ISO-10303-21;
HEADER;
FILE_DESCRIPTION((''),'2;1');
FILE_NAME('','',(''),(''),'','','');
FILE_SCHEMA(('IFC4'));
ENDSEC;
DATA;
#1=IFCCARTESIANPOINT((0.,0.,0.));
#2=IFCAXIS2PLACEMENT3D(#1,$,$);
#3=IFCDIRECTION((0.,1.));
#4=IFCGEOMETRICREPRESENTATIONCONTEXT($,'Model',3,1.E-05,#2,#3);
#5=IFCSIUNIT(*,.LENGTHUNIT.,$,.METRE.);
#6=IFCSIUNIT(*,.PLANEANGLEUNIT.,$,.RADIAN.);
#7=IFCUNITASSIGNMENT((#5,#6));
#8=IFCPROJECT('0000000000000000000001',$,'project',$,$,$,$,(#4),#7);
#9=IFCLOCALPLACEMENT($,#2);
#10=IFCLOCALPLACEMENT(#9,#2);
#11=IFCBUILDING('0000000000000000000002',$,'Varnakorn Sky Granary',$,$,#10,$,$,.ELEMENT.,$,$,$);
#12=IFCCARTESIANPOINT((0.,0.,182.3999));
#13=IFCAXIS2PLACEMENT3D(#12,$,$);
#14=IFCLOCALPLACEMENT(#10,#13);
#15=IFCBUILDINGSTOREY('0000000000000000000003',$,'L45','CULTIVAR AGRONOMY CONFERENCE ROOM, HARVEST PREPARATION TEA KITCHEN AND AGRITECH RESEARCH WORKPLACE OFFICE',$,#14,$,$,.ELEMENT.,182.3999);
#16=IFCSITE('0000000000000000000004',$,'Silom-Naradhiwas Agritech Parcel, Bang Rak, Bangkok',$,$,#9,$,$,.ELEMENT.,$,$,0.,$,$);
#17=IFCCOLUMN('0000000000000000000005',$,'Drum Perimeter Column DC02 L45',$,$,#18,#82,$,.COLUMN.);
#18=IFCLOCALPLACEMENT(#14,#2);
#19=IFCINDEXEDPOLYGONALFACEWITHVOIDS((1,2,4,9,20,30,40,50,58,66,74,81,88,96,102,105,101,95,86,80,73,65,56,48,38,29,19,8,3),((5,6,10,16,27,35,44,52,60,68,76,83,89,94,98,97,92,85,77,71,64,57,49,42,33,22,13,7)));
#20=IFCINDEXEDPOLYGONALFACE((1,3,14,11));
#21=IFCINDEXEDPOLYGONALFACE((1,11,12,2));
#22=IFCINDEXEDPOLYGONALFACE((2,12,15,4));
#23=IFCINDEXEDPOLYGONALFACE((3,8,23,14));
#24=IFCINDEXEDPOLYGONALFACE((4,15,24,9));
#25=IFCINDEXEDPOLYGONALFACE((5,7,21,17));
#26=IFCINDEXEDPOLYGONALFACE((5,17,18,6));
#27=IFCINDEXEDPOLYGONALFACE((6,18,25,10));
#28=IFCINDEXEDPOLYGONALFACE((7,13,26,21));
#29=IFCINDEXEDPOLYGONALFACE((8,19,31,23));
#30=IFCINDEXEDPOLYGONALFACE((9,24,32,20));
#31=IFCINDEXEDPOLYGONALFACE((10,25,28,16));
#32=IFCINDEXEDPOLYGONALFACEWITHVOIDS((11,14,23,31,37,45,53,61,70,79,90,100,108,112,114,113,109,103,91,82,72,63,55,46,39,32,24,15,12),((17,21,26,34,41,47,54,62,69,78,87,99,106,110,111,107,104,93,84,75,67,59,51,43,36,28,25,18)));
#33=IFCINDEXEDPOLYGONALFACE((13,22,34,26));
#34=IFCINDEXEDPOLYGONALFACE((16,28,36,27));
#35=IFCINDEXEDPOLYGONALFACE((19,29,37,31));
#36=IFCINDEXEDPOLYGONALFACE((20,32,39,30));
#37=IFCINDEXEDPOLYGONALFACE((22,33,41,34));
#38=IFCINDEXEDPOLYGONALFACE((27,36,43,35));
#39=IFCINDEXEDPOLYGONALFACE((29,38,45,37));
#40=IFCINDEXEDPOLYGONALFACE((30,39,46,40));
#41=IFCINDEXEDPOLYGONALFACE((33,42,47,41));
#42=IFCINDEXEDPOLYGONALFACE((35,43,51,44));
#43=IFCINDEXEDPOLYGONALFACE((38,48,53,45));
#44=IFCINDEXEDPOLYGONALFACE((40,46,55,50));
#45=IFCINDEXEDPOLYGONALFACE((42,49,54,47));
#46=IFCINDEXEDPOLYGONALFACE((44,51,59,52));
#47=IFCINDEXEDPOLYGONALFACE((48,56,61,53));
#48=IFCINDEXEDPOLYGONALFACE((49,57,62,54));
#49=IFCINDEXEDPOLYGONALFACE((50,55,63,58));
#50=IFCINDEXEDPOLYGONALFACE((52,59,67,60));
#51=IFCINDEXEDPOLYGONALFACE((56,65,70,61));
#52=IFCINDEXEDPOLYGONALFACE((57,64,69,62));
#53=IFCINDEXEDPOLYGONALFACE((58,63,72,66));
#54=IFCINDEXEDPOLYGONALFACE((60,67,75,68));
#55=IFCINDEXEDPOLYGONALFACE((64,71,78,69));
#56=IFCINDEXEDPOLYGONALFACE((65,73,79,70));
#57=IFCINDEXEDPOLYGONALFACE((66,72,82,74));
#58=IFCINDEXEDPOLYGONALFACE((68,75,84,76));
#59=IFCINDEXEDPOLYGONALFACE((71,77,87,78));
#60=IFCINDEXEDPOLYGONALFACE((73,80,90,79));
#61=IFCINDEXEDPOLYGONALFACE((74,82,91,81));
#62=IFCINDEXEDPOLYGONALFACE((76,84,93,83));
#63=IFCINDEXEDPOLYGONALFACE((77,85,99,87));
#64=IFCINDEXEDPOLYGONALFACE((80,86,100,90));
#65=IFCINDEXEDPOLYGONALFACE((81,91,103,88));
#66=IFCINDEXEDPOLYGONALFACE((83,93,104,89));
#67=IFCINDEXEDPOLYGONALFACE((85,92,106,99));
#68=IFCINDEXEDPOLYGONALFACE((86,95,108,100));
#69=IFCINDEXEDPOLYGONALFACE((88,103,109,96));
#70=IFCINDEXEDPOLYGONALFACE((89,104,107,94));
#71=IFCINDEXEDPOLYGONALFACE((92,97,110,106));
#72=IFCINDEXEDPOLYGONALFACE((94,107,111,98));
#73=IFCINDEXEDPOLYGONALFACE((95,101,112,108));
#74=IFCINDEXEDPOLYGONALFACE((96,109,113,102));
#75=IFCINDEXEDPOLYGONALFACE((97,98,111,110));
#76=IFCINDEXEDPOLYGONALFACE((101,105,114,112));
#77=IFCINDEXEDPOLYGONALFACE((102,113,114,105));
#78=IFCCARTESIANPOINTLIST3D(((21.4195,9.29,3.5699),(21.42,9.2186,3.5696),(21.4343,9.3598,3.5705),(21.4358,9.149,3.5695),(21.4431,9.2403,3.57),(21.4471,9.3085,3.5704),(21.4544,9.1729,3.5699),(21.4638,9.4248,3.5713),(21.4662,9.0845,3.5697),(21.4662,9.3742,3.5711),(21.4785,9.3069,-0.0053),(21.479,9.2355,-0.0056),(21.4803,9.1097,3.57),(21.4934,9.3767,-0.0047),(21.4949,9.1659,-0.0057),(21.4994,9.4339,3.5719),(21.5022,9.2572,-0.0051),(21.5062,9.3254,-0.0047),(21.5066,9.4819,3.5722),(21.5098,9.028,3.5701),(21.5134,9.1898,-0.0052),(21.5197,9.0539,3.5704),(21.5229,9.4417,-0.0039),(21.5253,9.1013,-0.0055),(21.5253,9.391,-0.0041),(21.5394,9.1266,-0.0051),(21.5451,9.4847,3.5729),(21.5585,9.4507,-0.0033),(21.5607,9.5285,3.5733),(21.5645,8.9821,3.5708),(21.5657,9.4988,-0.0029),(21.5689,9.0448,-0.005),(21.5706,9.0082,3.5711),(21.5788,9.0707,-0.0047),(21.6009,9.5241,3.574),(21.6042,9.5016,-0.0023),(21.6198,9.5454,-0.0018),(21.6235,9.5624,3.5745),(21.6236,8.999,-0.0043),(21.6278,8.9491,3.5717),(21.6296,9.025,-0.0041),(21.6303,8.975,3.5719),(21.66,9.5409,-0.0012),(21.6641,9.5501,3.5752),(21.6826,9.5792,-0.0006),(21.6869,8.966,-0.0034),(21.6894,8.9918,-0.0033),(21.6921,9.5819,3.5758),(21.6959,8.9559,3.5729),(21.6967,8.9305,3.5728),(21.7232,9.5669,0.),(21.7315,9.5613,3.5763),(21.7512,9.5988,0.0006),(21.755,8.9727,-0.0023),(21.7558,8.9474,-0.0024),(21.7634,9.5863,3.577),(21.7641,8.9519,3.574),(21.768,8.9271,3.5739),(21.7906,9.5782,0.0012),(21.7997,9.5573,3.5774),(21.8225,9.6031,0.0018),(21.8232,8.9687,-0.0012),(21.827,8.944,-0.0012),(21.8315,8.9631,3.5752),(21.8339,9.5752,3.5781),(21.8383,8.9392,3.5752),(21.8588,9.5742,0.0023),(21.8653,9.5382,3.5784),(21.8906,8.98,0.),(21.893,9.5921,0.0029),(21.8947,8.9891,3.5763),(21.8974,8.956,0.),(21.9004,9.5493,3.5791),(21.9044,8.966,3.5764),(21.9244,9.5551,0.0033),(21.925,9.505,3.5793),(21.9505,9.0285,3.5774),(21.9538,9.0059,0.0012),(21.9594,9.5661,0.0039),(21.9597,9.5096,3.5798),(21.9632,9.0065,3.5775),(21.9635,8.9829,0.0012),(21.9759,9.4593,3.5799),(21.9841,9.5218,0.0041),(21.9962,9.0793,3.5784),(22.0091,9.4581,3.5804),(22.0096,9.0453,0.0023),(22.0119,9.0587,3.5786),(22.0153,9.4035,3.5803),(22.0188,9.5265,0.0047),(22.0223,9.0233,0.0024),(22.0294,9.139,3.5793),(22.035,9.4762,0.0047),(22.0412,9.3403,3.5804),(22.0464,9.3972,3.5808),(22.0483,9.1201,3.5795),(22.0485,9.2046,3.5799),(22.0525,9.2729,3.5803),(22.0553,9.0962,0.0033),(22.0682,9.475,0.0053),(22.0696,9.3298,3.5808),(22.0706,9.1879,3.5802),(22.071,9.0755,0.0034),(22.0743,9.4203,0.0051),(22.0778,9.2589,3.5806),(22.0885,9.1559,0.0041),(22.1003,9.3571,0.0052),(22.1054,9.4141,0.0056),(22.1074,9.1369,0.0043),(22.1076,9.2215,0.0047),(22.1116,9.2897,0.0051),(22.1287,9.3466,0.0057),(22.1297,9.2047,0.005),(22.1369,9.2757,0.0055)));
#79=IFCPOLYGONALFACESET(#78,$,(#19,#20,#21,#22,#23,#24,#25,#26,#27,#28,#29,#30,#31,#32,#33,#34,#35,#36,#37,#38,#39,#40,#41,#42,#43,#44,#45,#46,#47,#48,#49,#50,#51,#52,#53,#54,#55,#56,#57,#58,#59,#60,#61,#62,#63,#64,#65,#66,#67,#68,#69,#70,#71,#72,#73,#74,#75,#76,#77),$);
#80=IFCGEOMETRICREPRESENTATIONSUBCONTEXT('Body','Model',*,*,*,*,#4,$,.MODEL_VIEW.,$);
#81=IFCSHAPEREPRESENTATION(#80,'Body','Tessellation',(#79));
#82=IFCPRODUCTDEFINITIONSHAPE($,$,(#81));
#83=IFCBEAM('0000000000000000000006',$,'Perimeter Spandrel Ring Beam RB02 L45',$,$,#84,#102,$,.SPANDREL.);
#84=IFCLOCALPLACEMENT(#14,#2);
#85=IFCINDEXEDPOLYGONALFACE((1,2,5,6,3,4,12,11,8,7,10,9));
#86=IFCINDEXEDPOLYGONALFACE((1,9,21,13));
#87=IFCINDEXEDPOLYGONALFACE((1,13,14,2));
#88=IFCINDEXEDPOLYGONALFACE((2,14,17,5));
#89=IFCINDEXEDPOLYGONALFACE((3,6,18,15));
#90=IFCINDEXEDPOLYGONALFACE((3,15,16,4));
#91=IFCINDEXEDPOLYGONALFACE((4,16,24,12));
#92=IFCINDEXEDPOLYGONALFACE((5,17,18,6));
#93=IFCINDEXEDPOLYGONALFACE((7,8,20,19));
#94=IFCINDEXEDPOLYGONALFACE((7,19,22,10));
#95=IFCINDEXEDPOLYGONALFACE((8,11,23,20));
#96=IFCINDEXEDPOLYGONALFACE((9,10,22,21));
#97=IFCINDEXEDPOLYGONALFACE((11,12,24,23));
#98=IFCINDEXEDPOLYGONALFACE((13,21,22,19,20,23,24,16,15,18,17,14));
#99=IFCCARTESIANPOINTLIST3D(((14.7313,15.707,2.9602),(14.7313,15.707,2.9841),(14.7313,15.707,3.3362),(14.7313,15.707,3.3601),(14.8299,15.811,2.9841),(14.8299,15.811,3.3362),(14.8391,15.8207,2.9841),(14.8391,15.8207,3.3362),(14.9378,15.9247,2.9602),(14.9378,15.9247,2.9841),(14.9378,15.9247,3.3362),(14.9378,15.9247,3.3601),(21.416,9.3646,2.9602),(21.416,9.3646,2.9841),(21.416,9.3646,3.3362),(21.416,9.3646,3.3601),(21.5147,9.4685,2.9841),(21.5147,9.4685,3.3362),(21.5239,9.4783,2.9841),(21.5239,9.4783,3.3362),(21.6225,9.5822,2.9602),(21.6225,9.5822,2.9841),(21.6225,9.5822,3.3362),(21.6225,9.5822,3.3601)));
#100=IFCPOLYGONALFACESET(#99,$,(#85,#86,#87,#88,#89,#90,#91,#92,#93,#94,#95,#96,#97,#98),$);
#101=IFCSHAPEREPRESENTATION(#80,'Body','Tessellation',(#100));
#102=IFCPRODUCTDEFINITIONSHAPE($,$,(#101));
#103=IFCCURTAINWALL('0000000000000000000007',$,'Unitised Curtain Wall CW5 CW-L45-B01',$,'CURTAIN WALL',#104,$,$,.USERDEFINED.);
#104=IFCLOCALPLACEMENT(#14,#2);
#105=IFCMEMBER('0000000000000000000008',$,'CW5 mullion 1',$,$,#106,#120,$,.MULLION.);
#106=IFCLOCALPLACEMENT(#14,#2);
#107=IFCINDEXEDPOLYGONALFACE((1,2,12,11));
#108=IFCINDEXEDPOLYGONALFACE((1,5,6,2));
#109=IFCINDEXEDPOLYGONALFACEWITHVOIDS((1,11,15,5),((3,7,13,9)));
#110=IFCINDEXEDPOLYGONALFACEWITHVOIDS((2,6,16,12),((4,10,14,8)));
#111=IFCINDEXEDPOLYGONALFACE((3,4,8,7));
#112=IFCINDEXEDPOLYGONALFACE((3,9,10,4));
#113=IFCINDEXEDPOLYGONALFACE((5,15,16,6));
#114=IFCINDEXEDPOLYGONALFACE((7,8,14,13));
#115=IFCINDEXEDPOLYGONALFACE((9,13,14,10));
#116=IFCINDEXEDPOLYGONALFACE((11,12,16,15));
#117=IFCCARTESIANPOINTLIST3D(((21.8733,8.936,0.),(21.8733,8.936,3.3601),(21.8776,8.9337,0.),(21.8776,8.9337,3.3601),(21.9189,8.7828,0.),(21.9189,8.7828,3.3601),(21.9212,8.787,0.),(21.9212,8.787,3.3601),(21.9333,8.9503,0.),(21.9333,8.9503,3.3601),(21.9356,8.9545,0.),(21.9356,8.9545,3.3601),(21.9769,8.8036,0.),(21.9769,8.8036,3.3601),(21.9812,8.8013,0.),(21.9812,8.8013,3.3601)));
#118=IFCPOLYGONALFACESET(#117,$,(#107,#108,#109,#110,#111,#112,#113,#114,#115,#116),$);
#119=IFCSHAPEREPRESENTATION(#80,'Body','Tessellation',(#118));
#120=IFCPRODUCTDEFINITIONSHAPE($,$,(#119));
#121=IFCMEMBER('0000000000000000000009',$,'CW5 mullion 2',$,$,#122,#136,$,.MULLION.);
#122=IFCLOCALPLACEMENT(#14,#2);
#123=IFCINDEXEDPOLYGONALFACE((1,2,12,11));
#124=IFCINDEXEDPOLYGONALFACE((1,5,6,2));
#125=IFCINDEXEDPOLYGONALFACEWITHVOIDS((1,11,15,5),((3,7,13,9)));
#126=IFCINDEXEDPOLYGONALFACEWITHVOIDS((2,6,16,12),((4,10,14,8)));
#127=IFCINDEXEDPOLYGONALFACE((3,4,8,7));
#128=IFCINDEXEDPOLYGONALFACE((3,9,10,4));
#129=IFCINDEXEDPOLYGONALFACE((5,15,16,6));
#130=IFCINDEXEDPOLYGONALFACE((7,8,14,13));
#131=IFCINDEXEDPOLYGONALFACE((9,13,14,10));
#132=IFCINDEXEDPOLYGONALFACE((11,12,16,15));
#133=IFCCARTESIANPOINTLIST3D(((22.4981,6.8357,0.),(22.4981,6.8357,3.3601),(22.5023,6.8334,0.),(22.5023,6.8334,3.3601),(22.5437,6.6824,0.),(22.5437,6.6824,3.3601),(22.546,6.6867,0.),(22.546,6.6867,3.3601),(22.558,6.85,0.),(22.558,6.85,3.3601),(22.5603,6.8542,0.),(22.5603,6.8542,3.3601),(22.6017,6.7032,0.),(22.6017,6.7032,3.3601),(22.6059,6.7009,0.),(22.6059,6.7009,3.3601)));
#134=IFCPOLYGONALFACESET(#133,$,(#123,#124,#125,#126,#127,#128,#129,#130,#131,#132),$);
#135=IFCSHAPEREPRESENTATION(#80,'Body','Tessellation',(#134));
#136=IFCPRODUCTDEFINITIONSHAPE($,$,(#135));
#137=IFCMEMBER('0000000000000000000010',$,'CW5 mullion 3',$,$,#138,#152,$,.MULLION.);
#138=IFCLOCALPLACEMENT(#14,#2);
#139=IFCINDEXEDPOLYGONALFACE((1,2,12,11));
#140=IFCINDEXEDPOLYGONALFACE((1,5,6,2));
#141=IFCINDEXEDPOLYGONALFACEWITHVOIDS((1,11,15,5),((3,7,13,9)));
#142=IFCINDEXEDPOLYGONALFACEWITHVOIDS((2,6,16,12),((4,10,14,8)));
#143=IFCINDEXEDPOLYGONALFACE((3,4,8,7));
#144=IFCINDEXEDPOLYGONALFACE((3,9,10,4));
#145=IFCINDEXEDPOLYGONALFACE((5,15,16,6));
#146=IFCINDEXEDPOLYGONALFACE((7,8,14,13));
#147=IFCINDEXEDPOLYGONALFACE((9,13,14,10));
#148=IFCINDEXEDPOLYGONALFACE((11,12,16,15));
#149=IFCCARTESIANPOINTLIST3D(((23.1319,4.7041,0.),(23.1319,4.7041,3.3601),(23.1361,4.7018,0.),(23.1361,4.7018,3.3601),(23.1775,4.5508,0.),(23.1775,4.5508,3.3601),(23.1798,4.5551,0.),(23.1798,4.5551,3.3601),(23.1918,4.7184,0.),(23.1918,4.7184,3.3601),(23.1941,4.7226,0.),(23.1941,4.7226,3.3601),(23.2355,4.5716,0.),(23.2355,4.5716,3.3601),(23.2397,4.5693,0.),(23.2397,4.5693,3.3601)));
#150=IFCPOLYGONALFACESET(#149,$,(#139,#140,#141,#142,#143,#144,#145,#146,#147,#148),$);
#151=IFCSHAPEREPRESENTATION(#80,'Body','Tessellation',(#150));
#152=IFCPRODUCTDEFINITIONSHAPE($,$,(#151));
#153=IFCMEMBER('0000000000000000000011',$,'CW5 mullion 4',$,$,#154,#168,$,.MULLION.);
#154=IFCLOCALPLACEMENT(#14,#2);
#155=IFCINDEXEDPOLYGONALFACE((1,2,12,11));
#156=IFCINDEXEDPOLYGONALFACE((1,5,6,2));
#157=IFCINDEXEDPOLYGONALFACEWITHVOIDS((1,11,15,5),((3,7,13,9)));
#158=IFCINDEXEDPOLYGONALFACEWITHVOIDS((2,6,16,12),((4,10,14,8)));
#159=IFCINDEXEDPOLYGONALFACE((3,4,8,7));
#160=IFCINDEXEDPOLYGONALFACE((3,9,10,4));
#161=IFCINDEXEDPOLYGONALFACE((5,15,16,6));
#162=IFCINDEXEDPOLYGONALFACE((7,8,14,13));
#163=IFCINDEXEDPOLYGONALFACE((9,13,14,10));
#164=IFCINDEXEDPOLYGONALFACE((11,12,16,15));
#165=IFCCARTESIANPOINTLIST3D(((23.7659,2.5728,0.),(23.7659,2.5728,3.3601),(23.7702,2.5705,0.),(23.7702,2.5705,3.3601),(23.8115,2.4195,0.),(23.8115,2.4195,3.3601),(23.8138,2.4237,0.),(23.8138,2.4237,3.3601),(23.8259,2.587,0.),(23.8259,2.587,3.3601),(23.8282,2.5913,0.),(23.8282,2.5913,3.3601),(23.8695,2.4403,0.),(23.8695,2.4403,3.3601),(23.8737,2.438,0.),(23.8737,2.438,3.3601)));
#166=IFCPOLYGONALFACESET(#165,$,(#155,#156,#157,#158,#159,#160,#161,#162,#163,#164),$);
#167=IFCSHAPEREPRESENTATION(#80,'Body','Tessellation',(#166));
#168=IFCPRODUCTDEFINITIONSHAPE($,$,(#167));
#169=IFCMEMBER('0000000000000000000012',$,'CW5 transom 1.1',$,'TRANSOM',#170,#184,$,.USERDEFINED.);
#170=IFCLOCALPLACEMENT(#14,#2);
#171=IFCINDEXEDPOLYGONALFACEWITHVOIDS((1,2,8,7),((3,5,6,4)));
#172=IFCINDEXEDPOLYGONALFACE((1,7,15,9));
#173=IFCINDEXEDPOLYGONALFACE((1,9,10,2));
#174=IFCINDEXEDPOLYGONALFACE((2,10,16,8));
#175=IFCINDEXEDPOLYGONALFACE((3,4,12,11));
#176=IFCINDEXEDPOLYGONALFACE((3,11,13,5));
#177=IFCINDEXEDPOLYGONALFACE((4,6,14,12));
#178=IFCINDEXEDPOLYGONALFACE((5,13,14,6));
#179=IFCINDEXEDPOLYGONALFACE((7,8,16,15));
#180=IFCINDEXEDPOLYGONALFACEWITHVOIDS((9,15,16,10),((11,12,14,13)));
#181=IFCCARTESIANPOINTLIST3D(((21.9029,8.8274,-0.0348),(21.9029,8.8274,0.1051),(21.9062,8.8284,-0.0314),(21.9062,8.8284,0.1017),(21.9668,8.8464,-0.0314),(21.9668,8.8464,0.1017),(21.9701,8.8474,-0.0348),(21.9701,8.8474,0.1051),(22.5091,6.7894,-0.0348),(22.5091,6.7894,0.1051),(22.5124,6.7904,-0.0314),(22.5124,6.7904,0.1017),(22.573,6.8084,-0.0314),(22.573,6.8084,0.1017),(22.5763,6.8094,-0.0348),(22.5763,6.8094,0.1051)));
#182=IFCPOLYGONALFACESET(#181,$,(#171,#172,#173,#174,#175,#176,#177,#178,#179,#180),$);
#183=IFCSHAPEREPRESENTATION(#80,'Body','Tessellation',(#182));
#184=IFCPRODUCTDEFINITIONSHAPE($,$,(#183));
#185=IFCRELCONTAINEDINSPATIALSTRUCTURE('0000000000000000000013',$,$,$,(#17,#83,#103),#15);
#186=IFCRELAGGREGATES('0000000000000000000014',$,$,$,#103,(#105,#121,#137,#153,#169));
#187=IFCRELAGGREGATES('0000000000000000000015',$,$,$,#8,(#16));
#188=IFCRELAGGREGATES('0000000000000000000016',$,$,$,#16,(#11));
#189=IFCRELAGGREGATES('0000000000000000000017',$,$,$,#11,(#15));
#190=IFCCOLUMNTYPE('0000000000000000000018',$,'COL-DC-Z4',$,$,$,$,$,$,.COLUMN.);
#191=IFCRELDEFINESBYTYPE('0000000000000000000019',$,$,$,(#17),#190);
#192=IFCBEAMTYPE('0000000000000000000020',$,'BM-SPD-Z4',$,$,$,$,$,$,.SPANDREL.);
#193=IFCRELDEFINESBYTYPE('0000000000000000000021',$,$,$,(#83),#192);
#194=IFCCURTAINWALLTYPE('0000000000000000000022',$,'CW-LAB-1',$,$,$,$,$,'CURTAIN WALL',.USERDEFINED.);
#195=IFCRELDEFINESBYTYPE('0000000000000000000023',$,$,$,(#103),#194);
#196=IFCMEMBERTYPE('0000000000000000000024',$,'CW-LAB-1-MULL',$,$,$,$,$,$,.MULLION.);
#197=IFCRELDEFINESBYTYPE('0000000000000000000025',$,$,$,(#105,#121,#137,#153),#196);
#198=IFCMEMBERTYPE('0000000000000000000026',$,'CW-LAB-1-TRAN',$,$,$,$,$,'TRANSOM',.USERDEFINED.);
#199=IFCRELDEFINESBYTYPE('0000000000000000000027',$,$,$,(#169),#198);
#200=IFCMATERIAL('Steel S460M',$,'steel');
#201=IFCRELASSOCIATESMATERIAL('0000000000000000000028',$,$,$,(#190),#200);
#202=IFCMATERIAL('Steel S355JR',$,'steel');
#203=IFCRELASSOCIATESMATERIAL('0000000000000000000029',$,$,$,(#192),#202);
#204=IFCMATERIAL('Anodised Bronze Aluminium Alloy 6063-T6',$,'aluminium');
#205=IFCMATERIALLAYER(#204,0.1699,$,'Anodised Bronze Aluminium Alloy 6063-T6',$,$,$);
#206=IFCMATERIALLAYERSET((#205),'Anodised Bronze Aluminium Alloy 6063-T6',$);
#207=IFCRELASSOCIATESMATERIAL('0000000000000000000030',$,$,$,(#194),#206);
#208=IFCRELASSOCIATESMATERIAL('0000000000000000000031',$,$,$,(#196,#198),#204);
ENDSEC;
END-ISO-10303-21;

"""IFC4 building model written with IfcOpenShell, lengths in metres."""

from ifc_helpers import new_model, si_unit, direction, frame, origin, origin_2d, place, context, subcontext, project, spatial, hollow_rectangle, hollow_circle, i_section, extrude, material, layer, layer_set, material_profile, profile_set, type_object, element, aggregate, save


model = new_model("IFC4")

# Units and contexts
model_context = context("Model", 3, precision=1e-05, world=origin(), true_north=direction((0.0, 1.0)))
body_context = subcontext(model_context, "Body", "Model", "MODEL_VIEW")
ifc_project = project(units=[si_unit("LENGTHUNIT", "METRE"), si_unit("PLANEANGLEUNIT", "RADIAN")], contexts=[model_context])

# Site, building, storey
site_placement = place(None, origin())
site = spatial("IfcSite", under=ifc_project, at=site_placement, Name="Silom-Naradhiwas Agritech Parcel, Bang Rak, Bangkok", CompositionType="ELEMENT", RefElevation=0.0)
building_placement = place(site_placement, origin())
building = spatial("IfcBuilding", under=site, at=building_placement, Name="Varnakorn Sky Granary", CompositionType="ELEMENT")
storey_placement = place(building_placement, frame((0.0, 0.0, 182.3999)))
storey = spatial("IfcBuildingStorey", under=building, at=storey_placement, Name="L45", Description="CULTIVAR AGRONOMY CONFERENCE ROOM, HARVEST PREPARATION TEA KITCHEN AND AGRITECH RESEARCH WORKPLACE OFFICE", CompositionType="ELEMENT", Elevation=182.3999)

# Column
ifc_material_1 = material(Name="Steel S460M", Category="steel")
ifc_material_profile_1 = material_profile(ifc_material_1, hollow_circle(Radius=0.3301, WallThickness=0.0249, at=origin_2d()), Name="CHS 660x25")
ifc_profile_set_1 = profile_set([ifc_material_profile_1], Name="Steel S460M")
column_type = type_object("IfcColumnType", Name="COL-DC-Z4", PredefinedType="COLUMN", material=ifc_profile_set_1)
column_placement = place(storey_placement, frame((21.8069, 9.2734, 0.0), z_axis=(-0.016523, -0.004711, 0.999852), x_axis=(0.274196, -0.961674, 0.0)))
element("IfcColumn", 1, at=column_placement, inside=storey, type_object=column_type, Name="Drum Perimeter Column DC02 L45", PredefinedType="COLUMN", context=body_context, shape_type="SweptSolid", body=[
    extrude(hollow_circle(Radius=0.3301, WallThickness=0.0249, at=origin_2d()), origin(), (0.0, 0.0, 1.0), 3.5757),
])

# Beam
ifc_material_2 = material(Name="Steel S355JR", Category="steel")
ifc_material_profile_2 = material_profile(ifc_material_2, i_section(OverallWidth=0.3, OverallDepth=0.3999, WebThickness=0.0134, FlangeThickness=0.0239, at=origin_2d()), Name="HE 400 B")
ifc_profile_set_2 = profile_set([ifc_material_profile_2], Name="Steel S355JR")
beam_type = type_object("IfcBeamType", Name="BM-SPD-Z4", PredefinedType="SPANDREL", material=ifc_profile_set_2)
beam_placement = place(storey_placement, frame((21.5193, 9.4734, 3.1602), z_axis=(-0.725435, 0.68829, 0.0), x_axis=(-0.68829, -0.725435, 0.0)))
element("IfcBeam", 2, at=beam_placement, inside=storey, type_object=beam_type, Name="Perimeter Spandrel Ring Beam RB02 L45", PredefinedType="SPANDREL", context=body_context, shape_type="SweptSolid", body=[
    extrude(i_section(OverallWidth=0.3, OverallDepth=0.3999, WebThickness=0.0134, FlangeThickness=0.0239, at=origin_2d()), origin(), (0.0, 0.0, 1.0), 9.2148),
])

# Curtain wall, members
ifc_material_3 = material(Name="Anodised Bronze Aluminium Alloy 6063-T6", Category="aluminium")
ifc_layer_1 = layer(ifc_material_3, 0.1699, Name="Anodised Bronze Aluminium Alloy 6063-T6")
ifc_layer_set_1 = layer_set([ifc_layer_1], Name="Anodised Bronze Aluminium Alloy 6063-T6")
curtain_wall_type = type_object("IfcCurtainWallType", Name="CW-LAB-1", ElementType="CURTAIN WALL", PredefinedType="USERDEFINED", material=ifc_layer_set_1)
curtain_wall_placement = place(storey_placement, origin())
curtain_wall = element("IfcCurtainWall", 3, at=curtain_wall_placement, inside=storey, type_object=curtain_wall_type, Name="Unitised Curtain Wall CW5 CW-L45-B01", ObjectType="CURTAIN WALL", PredefinedType="USERDEFINED")
ifc_material_profile_3 = material_profile(ifc_material_3, hollow_rectangle(XDim=0.0649, YDim=0.1599, WallThickness=0.0034, at=origin_2d()), Name="ALU MULL 65x160")
ifc_profile_set_3 = profile_set([ifc_material_profile_3], Name="Anodised Bronze Aluminium Alloy 6063-T6")
member_type_1 = type_object("IfcMemberType", Name="CW-LAB-1-MULL", PredefinedType="MULLION", material=ifc_profile_set_3)
member_1_placement = place(storey_placement, frame((21.9272, 8.8687, 0.0), z_axis=(0.0, 0.0, 1.0), x_axis=(0.958503, 0.285081, 0.0)))
member_1 = element("IfcMember", 4, at=member_1_placement, type_object=member_type_1, Name="CW5 mullion 1", PredefinedType="MULLION", context=body_context, shape_type="SweptSolid", body=[
    extrude(hollow_rectangle(XDim=0.0649, YDim=0.1599, WallThickness=0.0034, at=origin_2d()), origin(), (0.0, 0.0, 1.0), 3.3601),
])
member_2_placement = place(storey_placement, frame((22.552, 6.7683, 0.0), z_axis=(0.0, 0.0, 1.0), x_axis=(0.958503, 0.285081, 0.0)))
member_2 = element("IfcMember", 5, at=member_2_placement, type_object=member_type_1, Name="CW5 mullion 2", PredefinedType="MULLION", context=body_context, shape_type="SweptSolid", body=[
    extrude(hollow_rectangle(XDim=0.0649, YDim=0.1599, WallThickness=0.0034, at=origin_2d()), origin(), (0.0, 0.0, 1.0), 3.3601),
])
member_3_placement = place(storey_placement, frame((23.1858, 4.6367, 0.0), z_axis=(0.0, 0.0, 1.0), x_axis=(0.958503, 0.285081, 0.0)))
member_3 = element("IfcMember", 6, at=member_3_placement, type_object=member_type_1, Name="CW5 mullion 3", PredefinedType="MULLION", context=body_context, shape_type="SweptSolid", body=[
    extrude(hollow_rectangle(XDim=0.0649, YDim=0.1599, WallThickness=0.0034, at=origin_2d()), origin(), (0.0, 0.0, 1.0), 3.3601),
])
member_4_placement = place(storey_placement, frame((23.8198, 2.5054, 0.0), z_axis=(0.0, 0.0, 1.0), x_axis=(0.958503, 0.285081, 0.0)))
member_4 = element("IfcMember", 7, at=member_4_placement, type_object=member_type_1, Name="CW5 mullion 4", PredefinedType="MULLION", context=body_context, shape_type="SweptSolid", body=[
    extrude(hollow_rectangle(XDim=0.0649, YDim=0.1599, WallThickness=0.0034, at=origin_2d()), origin(), (0.0, 0.0, 1.0), 3.3601),
])
ifc_material_profile_4 = material_profile(ifc_material_3, hollow_rectangle(XDim=0.0701, YDim=0.1399, WallThickness=0.0034, at=origin_2d()), Name="ALU TRAN 70x140")
ifc_profile_set_4 = profile_set([ifc_material_profile_4], Name="Anodised Bronze Aluminium Alloy 6063-T6")
member_type_2 = type_object("IfcMemberType", Name="CW-LAB-1-TRAN", ElementType="TRANSOM", PredefinedType="USERDEFINED", material=ifc_profile_set_4)
member_5_placement = place(storey_placement, frame((21.9365, 8.8374, 0.0352), z_axis=(0.285093, -0.9585, 0.0), x_axis=(0.9585, 0.285093, 0.0)))
member_5 = element("IfcMember", 8, at=member_5_placement, type_object=member_type_2, Name="CW5 transom 1.1", ObjectType="TRANSOM", PredefinedType="USERDEFINED", context=body_context, shape_type="SweptSolid", body=[
    extrude(hollow_rectangle(XDim=0.0701, YDim=0.1399, WallThickness=0.0034, at=origin_2d()), origin(), (0.0, 0.0, 1.0), 2.1262),
])
aggregate(curtain_wall, [member_1, member_2, member_3, member_4, member_5])

save(model, "model.ifc")
